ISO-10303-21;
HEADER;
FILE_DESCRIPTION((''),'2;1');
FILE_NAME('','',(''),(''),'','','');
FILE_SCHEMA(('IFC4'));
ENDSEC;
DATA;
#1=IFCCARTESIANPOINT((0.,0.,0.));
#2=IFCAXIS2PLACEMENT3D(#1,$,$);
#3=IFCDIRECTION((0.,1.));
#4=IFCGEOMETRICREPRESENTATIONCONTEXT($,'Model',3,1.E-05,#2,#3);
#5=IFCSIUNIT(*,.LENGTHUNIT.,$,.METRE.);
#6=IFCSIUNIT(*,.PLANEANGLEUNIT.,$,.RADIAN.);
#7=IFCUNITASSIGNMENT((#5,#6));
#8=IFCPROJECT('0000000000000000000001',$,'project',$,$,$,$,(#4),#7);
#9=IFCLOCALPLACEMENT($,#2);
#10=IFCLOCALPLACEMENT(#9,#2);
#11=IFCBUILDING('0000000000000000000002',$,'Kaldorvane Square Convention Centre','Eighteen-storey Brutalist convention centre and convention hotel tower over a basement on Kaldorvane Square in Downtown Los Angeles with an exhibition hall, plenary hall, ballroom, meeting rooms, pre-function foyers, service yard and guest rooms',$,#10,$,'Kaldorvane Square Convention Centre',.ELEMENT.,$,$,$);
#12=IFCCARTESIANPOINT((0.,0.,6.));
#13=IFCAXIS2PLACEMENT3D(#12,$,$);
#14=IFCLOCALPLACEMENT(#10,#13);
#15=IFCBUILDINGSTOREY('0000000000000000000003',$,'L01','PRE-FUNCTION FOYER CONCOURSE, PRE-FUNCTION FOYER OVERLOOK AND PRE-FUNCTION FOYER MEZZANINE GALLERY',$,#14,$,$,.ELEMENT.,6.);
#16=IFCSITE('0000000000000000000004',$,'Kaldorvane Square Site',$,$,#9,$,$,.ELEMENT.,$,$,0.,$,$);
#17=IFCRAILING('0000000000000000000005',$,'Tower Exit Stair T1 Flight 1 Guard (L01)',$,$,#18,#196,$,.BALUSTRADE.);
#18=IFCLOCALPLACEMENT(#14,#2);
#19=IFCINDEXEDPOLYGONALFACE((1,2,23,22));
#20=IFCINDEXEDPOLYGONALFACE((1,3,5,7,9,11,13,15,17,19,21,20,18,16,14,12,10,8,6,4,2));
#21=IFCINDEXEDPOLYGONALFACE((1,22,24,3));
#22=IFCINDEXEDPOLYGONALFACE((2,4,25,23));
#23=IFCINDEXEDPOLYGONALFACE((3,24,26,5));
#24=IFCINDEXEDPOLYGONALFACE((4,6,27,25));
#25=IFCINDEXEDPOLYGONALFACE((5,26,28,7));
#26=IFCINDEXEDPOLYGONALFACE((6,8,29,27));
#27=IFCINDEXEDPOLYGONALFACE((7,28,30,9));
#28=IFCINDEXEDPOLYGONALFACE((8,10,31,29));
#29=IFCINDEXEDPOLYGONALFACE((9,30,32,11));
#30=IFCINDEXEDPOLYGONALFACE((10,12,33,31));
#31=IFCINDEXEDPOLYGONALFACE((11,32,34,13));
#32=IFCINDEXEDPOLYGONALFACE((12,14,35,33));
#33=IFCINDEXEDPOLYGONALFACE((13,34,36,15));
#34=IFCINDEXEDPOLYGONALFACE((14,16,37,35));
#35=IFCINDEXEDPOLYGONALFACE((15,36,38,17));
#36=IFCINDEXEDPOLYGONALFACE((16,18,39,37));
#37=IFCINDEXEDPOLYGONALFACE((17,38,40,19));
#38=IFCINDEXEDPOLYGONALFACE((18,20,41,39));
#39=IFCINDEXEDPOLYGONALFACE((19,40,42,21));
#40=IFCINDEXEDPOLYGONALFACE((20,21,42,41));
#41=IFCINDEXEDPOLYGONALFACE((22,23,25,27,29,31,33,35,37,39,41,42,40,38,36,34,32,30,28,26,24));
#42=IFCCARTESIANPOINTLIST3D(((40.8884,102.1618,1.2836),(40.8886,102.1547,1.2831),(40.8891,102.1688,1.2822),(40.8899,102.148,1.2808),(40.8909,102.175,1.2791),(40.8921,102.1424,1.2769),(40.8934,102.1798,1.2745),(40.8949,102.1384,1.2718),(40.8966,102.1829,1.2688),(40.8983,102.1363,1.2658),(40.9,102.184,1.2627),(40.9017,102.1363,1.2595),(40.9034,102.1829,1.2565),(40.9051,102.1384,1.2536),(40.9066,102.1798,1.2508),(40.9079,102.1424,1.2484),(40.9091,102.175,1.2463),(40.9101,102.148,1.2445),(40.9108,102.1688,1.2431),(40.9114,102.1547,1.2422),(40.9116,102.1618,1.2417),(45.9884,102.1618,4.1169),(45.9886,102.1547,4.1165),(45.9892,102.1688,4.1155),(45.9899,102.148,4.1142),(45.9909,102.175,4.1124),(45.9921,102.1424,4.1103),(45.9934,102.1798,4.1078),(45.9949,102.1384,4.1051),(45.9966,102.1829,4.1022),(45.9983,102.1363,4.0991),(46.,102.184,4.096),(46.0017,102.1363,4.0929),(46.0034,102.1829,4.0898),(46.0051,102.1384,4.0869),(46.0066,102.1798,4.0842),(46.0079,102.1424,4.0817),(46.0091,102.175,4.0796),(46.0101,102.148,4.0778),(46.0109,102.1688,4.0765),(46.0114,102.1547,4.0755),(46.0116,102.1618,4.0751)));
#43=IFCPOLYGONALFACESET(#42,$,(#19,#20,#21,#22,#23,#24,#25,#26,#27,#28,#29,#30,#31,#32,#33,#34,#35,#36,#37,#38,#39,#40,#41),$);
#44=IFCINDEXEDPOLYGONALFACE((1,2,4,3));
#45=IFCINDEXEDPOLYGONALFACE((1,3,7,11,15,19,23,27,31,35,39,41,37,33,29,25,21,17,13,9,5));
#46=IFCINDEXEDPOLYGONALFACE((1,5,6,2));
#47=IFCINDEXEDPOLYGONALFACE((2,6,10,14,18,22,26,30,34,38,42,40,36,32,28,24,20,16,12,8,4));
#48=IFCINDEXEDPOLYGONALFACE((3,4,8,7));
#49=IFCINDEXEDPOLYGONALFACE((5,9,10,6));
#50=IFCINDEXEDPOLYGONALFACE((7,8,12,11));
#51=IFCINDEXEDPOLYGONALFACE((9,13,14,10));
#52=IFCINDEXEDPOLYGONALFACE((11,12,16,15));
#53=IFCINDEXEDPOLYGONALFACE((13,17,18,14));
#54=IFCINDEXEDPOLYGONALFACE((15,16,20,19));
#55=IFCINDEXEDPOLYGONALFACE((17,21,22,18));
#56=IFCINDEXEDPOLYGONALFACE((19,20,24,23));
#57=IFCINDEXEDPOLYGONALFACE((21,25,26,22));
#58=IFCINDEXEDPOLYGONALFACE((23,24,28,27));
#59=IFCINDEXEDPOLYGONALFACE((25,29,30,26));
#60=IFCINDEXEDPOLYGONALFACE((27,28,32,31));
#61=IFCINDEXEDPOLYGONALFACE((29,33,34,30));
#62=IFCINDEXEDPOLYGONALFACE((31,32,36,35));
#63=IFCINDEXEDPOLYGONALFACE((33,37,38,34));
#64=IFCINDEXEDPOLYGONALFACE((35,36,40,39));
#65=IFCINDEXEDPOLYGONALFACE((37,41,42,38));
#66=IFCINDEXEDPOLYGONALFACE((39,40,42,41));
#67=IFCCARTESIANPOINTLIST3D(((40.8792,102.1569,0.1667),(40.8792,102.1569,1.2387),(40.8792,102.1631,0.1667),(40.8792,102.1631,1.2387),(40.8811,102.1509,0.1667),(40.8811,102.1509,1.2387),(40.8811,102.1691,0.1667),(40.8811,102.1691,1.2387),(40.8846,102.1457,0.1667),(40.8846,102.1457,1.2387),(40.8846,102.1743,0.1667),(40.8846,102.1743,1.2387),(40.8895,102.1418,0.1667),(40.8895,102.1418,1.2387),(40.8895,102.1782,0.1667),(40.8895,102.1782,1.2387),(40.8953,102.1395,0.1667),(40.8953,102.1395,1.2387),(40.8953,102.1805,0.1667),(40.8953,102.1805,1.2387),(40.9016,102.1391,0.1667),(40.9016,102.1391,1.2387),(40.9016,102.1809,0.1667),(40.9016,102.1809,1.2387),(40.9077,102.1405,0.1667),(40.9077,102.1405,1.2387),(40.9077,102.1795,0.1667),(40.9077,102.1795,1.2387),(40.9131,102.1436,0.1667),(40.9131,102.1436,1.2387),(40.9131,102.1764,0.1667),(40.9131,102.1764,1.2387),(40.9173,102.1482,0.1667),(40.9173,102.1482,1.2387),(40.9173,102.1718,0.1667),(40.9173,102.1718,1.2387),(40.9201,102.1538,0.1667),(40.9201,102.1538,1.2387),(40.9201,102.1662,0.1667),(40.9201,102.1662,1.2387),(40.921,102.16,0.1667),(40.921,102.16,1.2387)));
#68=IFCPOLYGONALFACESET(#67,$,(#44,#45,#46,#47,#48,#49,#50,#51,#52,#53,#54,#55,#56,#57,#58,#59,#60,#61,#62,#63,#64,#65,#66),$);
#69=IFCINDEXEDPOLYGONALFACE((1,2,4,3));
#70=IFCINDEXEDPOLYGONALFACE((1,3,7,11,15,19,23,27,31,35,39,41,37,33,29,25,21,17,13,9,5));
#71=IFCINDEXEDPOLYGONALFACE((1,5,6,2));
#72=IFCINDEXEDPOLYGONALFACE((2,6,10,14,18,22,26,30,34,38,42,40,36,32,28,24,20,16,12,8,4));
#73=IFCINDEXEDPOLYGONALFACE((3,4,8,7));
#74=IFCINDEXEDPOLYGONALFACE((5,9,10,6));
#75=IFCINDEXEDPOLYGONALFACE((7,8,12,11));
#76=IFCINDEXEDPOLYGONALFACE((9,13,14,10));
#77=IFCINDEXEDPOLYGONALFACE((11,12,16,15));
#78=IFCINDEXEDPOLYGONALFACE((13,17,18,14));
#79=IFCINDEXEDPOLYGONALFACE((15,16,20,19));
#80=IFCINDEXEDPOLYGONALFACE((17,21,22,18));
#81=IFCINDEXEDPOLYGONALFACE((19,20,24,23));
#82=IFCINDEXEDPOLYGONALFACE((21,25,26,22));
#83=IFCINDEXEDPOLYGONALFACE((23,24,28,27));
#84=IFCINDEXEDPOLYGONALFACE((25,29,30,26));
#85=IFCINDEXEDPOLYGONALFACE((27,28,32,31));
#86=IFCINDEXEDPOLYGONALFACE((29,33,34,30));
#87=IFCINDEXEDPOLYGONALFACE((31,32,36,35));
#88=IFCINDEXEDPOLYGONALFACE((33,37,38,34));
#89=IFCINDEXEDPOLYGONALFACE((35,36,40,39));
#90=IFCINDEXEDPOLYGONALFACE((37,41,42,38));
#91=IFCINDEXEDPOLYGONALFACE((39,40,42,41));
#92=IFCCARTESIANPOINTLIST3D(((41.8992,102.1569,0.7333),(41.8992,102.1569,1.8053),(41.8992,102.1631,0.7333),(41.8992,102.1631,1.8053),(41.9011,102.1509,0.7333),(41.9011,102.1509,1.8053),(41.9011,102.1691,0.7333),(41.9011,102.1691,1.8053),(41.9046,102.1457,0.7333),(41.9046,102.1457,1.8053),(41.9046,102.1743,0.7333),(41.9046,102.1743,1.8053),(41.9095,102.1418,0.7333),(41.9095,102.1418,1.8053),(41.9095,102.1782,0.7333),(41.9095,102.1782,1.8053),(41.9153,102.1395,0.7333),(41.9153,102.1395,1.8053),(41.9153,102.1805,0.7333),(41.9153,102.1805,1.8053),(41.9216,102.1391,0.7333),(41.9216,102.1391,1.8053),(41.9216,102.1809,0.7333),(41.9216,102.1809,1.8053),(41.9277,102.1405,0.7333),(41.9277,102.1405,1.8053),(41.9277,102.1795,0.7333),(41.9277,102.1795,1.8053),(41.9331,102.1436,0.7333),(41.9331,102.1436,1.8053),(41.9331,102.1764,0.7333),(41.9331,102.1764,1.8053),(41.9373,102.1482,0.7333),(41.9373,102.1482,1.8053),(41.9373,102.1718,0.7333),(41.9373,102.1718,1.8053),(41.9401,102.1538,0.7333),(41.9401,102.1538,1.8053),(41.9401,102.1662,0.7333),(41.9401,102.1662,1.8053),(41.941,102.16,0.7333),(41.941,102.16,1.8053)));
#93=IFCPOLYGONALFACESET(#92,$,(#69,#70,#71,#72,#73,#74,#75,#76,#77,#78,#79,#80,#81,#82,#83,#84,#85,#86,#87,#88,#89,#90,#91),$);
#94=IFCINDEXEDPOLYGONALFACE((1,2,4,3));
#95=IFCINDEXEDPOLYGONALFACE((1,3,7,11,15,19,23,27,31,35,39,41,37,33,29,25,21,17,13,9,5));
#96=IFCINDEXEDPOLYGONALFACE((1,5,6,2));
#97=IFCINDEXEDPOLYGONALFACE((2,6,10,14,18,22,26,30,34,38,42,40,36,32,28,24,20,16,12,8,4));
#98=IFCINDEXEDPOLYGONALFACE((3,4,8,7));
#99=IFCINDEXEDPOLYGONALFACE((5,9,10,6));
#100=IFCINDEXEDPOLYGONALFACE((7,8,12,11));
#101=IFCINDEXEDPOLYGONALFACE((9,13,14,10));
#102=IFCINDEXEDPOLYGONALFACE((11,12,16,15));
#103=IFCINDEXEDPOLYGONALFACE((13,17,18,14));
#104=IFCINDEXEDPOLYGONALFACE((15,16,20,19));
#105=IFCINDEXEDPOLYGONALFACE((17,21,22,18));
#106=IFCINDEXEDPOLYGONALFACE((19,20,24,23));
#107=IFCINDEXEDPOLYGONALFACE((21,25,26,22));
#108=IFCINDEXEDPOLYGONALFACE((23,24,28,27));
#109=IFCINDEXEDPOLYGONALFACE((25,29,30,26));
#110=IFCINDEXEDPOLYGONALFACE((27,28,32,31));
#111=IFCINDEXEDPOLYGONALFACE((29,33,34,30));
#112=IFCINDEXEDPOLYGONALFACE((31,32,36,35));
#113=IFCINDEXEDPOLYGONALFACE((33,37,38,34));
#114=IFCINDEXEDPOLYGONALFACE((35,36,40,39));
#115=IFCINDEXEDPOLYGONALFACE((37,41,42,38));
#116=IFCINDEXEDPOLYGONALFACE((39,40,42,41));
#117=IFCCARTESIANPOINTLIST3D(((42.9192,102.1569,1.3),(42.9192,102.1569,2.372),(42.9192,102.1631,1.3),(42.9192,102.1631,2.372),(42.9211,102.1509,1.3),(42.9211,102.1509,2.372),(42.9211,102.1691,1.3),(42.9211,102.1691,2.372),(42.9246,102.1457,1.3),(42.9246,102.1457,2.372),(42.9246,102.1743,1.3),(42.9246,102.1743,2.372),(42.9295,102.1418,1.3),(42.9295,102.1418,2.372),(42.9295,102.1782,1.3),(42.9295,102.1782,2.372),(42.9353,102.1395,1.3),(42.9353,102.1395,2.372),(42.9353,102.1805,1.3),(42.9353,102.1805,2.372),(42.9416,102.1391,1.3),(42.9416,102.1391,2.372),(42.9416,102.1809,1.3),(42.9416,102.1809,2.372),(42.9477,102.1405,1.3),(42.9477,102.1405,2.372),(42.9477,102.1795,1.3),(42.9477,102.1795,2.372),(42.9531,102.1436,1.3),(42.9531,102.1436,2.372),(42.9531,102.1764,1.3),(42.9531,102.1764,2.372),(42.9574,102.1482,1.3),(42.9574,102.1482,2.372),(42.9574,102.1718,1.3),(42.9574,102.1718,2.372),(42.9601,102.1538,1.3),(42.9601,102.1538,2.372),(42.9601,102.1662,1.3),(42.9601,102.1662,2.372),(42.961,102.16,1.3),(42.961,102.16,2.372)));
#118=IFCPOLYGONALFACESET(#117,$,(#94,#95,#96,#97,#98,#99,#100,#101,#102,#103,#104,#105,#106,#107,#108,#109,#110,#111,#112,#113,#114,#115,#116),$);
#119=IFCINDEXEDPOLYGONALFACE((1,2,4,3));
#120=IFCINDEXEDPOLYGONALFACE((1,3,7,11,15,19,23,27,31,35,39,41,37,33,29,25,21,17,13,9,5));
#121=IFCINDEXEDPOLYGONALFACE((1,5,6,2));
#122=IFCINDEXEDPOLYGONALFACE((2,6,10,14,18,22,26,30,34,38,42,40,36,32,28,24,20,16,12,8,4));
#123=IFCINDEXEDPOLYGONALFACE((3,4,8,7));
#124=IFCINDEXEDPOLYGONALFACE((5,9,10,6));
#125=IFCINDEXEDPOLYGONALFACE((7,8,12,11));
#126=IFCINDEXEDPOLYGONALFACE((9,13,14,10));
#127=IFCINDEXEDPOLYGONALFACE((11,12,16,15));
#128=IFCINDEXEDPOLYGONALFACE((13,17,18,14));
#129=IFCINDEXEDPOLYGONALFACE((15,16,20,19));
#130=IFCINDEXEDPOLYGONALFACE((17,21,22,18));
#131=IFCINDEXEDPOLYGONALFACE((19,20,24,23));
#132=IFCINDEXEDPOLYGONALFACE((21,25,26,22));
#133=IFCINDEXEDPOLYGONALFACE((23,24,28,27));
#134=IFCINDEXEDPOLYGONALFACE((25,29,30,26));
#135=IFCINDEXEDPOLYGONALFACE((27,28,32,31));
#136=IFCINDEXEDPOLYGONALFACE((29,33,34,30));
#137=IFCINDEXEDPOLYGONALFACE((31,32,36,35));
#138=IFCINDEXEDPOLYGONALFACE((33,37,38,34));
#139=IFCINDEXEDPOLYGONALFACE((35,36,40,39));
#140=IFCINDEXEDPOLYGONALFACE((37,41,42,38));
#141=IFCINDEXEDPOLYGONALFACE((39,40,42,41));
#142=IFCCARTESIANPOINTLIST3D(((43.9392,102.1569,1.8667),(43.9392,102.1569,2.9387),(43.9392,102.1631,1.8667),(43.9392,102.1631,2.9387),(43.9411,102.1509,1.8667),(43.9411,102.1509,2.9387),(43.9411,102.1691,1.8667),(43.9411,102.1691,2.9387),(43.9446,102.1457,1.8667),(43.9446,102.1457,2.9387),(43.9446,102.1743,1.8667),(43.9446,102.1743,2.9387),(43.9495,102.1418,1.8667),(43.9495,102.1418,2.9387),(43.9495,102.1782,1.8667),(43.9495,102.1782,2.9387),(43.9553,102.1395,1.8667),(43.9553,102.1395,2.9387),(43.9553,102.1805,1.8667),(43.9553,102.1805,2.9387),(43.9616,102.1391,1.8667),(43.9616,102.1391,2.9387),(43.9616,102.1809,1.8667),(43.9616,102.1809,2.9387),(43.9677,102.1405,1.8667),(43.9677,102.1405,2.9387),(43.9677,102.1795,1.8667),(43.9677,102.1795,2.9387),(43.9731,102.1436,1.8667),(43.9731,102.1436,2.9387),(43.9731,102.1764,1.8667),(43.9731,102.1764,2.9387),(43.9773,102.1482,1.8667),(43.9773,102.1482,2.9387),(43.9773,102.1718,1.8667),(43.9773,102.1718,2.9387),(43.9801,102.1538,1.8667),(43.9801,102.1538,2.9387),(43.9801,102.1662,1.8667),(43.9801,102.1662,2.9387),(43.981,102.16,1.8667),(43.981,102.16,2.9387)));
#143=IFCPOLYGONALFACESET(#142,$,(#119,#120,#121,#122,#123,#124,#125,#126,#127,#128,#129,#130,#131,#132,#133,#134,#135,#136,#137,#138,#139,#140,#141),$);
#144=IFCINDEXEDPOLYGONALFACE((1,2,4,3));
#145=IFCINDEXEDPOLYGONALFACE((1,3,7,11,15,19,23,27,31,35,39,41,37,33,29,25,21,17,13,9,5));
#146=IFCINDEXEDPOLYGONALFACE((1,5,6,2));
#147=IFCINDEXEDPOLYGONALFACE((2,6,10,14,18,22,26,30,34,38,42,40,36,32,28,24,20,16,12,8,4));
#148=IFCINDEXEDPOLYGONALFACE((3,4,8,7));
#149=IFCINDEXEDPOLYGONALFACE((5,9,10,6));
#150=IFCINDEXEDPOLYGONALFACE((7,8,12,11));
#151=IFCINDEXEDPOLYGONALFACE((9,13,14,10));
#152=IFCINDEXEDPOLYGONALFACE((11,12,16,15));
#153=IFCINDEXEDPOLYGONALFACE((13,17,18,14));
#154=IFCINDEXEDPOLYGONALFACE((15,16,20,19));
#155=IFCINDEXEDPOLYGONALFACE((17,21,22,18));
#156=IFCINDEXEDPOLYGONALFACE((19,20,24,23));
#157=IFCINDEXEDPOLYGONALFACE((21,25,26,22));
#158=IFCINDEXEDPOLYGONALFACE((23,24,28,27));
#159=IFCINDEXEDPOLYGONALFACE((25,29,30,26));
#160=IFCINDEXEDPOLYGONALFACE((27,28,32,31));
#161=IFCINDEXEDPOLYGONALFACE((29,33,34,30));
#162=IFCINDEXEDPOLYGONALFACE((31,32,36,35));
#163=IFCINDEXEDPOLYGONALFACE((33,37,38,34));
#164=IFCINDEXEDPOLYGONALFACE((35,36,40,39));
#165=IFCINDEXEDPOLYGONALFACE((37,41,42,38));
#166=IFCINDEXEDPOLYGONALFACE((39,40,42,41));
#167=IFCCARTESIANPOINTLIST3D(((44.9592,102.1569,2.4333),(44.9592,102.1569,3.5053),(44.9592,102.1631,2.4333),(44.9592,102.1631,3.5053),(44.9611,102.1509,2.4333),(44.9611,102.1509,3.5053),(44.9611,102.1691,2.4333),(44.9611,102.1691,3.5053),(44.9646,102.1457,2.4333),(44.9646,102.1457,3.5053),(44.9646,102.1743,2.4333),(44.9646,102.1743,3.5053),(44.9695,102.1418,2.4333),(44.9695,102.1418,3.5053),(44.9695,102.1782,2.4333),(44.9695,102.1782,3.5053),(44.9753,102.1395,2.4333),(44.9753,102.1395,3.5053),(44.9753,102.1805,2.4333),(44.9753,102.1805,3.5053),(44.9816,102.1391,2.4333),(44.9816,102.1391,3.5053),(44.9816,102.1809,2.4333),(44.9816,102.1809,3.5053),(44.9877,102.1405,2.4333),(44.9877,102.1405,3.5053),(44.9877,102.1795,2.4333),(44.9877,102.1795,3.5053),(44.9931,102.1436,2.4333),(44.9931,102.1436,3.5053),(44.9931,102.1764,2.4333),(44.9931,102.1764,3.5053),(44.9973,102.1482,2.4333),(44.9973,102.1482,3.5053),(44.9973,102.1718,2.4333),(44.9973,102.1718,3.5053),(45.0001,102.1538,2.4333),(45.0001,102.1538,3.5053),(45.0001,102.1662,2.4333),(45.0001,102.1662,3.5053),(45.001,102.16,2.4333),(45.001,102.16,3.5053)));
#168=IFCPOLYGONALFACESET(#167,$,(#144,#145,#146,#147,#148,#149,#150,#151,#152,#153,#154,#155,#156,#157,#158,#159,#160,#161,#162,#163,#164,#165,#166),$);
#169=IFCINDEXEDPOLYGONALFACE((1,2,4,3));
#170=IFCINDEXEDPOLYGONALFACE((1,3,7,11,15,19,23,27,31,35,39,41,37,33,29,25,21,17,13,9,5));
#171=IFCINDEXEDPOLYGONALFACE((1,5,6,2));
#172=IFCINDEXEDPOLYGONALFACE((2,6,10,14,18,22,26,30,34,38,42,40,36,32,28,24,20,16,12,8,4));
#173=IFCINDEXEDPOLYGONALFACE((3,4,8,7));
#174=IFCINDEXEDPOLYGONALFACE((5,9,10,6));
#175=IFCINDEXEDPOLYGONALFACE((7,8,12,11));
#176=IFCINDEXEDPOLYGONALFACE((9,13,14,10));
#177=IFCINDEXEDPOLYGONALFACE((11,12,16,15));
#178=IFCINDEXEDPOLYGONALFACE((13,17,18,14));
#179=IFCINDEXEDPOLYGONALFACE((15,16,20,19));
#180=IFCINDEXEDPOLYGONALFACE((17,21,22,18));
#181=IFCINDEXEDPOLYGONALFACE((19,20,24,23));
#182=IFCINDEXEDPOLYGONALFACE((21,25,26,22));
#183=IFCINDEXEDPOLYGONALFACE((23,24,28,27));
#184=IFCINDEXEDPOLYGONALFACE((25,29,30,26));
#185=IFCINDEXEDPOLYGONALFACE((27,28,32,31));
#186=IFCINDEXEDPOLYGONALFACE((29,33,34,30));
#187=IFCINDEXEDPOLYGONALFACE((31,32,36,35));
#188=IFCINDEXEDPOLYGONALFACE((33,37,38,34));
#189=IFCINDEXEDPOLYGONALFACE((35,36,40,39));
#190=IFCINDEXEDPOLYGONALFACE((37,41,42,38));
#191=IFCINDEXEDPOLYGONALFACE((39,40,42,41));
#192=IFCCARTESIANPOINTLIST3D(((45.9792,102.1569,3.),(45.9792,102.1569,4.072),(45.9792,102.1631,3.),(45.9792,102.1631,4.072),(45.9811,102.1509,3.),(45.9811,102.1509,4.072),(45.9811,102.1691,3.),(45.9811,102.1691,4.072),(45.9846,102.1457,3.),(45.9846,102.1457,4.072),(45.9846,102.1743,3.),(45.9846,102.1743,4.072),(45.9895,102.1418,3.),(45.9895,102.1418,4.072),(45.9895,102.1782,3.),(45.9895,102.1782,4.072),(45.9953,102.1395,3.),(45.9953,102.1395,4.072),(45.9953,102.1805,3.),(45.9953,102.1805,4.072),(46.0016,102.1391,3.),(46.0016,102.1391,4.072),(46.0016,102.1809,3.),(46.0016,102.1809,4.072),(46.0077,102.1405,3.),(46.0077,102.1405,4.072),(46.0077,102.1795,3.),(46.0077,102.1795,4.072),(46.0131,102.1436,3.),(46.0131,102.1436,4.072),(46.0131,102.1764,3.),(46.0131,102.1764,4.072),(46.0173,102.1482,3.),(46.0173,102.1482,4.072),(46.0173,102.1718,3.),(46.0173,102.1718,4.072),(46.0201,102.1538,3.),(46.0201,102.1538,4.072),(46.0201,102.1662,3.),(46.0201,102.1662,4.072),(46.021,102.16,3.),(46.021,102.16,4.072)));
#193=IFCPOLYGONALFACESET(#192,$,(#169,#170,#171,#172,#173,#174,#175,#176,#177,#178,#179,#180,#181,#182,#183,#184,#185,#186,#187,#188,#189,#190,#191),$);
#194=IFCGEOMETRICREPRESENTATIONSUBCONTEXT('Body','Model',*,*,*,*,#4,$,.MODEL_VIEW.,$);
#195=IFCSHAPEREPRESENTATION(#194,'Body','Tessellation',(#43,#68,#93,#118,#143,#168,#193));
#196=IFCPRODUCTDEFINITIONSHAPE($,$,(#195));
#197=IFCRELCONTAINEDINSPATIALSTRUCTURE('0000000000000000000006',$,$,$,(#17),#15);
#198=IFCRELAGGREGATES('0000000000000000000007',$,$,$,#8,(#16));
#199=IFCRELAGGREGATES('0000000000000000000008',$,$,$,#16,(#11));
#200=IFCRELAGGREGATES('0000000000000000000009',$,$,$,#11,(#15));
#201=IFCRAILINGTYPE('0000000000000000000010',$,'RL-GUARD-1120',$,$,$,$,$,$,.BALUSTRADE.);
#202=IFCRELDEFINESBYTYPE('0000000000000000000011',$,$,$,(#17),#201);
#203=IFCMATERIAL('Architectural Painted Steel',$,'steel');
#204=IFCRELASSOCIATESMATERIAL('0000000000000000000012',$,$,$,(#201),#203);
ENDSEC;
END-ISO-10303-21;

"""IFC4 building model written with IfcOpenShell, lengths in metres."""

from ifc_helpers import new_model, si_unit, direction, frame, origin, origin_2d, place, context, subcontext, project, spatial, circle, extrude, material, type_object, element, save


model = new_model("IFC4")

# Units and contexts
model_context = context("Model", 3, precision=1e-05, world=origin(), true_north=direction((0.0, 1.0)))
body_context = subcontext(model_context, "Body", "Model", "MODEL_VIEW")
ifc_project = project(units=[si_unit("LENGTHUNIT", "METRE"), si_unit("PLANEANGLEUNIT", "RADIAN")], contexts=[model_context])

# Site, building, storey
site_placement = place(None, origin())
site = spatial("IfcSite", under=ifc_project, at=site_placement, Name="Kaldorvane Square Site", CompositionType="ELEMENT", RefElevation=0.0)
building_placement = place(site_placement, origin())
building = spatial("IfcBuilding", under=site, at=building_placement, Name="Kaldorvane Square Convention Centre", Description="Eighteen-storey Brutalist convention centre and convention hotel tower over a basement on Kaldorvane Square in Downtown Los Angeles with an exhibition hall, plenary hall, ballroom, meeting rooms, pre-function foyers, service yard and guest rooms", LongName="Kaldorvane Square Convention Centre", CompositionType="ELEMENT")
storey_placement = place(building_placement, frame((0.0, 0.0, 6.0)))
storey = spatial("IfcBuildingStorey", under=building, at=storey_placement, Name="L01", Description="PRE-FUNCTION FOYER CONCOURSE, PRE-FUNCTION FOYER OVERLOOK AND PRE-FUNCTION FOYER MEZZANINE GALLERY", CompositionType="ELEMENT", Elevation=6.0)

# Railing
ifc_material_1 = material(Name="Architectural Painted Steel", Category="steel")
railing_type_1 = type_object("IfcRailingType", Name="RL-GUARD-1120", PredefinedType="BALUSTRADE", material=ifc_material_1)
railing_1_placement = place(storey_placement, frame((40.9, 102.16, 0.1667)))
element("IfcRailing", 1, at=railing_1_placement, inside=storey, type_object=railing_type_1, Name="Tower Exit Stair T1 Flight 1 Guard (L01)", PredefinedType="BALUSTRADE", context=body_context, shape_type="SweptSolid", body=[
    extrude(circle(Radius=0.024, at=origin_2d()), frame((0.0, 0.0, 1.096), z_axis=(0.874158, 0.0, 0.485642), x_axis=(0.0, 1.0, 0.0)), (0.0, 0.0, 1.0), 5.8342),
    extrude(circle(Radius=0.021, at=origin_2d()), origin(), (0.0, 0.0, 1.0), 1.072),
    extrude(circle(Radius=0.021, at=origin_2d()), frame((1.02, 0.0, 0.5667)), (0.0, 0.0, 1.0), 1.072),
    extrude(circle(Radius=0.021, at=origin_2d()), frame((2.04, 0.0, 1.1333)), (0.0, 0.0, 1.0), 1.072),
    extrude(circle(Radius=0.021, at=origin_2d()), frame((3.06, 0.0, 1.7)), (0.0, 0.0, 1.0), 1.072),
    extrude(circle(Radius=0.021, at=origin_2d()), frame((4.08, 0.0, 2.2667)), (0.0, 0.0, 1.0), 1.072),
    extrude(circle(Radius=0.021, at=origin_2d()), frame((5.1, 0.0, 2.8333)), (0.0, 0.0, 1.0), 1.072),
])

save(model, "model.ifc")
